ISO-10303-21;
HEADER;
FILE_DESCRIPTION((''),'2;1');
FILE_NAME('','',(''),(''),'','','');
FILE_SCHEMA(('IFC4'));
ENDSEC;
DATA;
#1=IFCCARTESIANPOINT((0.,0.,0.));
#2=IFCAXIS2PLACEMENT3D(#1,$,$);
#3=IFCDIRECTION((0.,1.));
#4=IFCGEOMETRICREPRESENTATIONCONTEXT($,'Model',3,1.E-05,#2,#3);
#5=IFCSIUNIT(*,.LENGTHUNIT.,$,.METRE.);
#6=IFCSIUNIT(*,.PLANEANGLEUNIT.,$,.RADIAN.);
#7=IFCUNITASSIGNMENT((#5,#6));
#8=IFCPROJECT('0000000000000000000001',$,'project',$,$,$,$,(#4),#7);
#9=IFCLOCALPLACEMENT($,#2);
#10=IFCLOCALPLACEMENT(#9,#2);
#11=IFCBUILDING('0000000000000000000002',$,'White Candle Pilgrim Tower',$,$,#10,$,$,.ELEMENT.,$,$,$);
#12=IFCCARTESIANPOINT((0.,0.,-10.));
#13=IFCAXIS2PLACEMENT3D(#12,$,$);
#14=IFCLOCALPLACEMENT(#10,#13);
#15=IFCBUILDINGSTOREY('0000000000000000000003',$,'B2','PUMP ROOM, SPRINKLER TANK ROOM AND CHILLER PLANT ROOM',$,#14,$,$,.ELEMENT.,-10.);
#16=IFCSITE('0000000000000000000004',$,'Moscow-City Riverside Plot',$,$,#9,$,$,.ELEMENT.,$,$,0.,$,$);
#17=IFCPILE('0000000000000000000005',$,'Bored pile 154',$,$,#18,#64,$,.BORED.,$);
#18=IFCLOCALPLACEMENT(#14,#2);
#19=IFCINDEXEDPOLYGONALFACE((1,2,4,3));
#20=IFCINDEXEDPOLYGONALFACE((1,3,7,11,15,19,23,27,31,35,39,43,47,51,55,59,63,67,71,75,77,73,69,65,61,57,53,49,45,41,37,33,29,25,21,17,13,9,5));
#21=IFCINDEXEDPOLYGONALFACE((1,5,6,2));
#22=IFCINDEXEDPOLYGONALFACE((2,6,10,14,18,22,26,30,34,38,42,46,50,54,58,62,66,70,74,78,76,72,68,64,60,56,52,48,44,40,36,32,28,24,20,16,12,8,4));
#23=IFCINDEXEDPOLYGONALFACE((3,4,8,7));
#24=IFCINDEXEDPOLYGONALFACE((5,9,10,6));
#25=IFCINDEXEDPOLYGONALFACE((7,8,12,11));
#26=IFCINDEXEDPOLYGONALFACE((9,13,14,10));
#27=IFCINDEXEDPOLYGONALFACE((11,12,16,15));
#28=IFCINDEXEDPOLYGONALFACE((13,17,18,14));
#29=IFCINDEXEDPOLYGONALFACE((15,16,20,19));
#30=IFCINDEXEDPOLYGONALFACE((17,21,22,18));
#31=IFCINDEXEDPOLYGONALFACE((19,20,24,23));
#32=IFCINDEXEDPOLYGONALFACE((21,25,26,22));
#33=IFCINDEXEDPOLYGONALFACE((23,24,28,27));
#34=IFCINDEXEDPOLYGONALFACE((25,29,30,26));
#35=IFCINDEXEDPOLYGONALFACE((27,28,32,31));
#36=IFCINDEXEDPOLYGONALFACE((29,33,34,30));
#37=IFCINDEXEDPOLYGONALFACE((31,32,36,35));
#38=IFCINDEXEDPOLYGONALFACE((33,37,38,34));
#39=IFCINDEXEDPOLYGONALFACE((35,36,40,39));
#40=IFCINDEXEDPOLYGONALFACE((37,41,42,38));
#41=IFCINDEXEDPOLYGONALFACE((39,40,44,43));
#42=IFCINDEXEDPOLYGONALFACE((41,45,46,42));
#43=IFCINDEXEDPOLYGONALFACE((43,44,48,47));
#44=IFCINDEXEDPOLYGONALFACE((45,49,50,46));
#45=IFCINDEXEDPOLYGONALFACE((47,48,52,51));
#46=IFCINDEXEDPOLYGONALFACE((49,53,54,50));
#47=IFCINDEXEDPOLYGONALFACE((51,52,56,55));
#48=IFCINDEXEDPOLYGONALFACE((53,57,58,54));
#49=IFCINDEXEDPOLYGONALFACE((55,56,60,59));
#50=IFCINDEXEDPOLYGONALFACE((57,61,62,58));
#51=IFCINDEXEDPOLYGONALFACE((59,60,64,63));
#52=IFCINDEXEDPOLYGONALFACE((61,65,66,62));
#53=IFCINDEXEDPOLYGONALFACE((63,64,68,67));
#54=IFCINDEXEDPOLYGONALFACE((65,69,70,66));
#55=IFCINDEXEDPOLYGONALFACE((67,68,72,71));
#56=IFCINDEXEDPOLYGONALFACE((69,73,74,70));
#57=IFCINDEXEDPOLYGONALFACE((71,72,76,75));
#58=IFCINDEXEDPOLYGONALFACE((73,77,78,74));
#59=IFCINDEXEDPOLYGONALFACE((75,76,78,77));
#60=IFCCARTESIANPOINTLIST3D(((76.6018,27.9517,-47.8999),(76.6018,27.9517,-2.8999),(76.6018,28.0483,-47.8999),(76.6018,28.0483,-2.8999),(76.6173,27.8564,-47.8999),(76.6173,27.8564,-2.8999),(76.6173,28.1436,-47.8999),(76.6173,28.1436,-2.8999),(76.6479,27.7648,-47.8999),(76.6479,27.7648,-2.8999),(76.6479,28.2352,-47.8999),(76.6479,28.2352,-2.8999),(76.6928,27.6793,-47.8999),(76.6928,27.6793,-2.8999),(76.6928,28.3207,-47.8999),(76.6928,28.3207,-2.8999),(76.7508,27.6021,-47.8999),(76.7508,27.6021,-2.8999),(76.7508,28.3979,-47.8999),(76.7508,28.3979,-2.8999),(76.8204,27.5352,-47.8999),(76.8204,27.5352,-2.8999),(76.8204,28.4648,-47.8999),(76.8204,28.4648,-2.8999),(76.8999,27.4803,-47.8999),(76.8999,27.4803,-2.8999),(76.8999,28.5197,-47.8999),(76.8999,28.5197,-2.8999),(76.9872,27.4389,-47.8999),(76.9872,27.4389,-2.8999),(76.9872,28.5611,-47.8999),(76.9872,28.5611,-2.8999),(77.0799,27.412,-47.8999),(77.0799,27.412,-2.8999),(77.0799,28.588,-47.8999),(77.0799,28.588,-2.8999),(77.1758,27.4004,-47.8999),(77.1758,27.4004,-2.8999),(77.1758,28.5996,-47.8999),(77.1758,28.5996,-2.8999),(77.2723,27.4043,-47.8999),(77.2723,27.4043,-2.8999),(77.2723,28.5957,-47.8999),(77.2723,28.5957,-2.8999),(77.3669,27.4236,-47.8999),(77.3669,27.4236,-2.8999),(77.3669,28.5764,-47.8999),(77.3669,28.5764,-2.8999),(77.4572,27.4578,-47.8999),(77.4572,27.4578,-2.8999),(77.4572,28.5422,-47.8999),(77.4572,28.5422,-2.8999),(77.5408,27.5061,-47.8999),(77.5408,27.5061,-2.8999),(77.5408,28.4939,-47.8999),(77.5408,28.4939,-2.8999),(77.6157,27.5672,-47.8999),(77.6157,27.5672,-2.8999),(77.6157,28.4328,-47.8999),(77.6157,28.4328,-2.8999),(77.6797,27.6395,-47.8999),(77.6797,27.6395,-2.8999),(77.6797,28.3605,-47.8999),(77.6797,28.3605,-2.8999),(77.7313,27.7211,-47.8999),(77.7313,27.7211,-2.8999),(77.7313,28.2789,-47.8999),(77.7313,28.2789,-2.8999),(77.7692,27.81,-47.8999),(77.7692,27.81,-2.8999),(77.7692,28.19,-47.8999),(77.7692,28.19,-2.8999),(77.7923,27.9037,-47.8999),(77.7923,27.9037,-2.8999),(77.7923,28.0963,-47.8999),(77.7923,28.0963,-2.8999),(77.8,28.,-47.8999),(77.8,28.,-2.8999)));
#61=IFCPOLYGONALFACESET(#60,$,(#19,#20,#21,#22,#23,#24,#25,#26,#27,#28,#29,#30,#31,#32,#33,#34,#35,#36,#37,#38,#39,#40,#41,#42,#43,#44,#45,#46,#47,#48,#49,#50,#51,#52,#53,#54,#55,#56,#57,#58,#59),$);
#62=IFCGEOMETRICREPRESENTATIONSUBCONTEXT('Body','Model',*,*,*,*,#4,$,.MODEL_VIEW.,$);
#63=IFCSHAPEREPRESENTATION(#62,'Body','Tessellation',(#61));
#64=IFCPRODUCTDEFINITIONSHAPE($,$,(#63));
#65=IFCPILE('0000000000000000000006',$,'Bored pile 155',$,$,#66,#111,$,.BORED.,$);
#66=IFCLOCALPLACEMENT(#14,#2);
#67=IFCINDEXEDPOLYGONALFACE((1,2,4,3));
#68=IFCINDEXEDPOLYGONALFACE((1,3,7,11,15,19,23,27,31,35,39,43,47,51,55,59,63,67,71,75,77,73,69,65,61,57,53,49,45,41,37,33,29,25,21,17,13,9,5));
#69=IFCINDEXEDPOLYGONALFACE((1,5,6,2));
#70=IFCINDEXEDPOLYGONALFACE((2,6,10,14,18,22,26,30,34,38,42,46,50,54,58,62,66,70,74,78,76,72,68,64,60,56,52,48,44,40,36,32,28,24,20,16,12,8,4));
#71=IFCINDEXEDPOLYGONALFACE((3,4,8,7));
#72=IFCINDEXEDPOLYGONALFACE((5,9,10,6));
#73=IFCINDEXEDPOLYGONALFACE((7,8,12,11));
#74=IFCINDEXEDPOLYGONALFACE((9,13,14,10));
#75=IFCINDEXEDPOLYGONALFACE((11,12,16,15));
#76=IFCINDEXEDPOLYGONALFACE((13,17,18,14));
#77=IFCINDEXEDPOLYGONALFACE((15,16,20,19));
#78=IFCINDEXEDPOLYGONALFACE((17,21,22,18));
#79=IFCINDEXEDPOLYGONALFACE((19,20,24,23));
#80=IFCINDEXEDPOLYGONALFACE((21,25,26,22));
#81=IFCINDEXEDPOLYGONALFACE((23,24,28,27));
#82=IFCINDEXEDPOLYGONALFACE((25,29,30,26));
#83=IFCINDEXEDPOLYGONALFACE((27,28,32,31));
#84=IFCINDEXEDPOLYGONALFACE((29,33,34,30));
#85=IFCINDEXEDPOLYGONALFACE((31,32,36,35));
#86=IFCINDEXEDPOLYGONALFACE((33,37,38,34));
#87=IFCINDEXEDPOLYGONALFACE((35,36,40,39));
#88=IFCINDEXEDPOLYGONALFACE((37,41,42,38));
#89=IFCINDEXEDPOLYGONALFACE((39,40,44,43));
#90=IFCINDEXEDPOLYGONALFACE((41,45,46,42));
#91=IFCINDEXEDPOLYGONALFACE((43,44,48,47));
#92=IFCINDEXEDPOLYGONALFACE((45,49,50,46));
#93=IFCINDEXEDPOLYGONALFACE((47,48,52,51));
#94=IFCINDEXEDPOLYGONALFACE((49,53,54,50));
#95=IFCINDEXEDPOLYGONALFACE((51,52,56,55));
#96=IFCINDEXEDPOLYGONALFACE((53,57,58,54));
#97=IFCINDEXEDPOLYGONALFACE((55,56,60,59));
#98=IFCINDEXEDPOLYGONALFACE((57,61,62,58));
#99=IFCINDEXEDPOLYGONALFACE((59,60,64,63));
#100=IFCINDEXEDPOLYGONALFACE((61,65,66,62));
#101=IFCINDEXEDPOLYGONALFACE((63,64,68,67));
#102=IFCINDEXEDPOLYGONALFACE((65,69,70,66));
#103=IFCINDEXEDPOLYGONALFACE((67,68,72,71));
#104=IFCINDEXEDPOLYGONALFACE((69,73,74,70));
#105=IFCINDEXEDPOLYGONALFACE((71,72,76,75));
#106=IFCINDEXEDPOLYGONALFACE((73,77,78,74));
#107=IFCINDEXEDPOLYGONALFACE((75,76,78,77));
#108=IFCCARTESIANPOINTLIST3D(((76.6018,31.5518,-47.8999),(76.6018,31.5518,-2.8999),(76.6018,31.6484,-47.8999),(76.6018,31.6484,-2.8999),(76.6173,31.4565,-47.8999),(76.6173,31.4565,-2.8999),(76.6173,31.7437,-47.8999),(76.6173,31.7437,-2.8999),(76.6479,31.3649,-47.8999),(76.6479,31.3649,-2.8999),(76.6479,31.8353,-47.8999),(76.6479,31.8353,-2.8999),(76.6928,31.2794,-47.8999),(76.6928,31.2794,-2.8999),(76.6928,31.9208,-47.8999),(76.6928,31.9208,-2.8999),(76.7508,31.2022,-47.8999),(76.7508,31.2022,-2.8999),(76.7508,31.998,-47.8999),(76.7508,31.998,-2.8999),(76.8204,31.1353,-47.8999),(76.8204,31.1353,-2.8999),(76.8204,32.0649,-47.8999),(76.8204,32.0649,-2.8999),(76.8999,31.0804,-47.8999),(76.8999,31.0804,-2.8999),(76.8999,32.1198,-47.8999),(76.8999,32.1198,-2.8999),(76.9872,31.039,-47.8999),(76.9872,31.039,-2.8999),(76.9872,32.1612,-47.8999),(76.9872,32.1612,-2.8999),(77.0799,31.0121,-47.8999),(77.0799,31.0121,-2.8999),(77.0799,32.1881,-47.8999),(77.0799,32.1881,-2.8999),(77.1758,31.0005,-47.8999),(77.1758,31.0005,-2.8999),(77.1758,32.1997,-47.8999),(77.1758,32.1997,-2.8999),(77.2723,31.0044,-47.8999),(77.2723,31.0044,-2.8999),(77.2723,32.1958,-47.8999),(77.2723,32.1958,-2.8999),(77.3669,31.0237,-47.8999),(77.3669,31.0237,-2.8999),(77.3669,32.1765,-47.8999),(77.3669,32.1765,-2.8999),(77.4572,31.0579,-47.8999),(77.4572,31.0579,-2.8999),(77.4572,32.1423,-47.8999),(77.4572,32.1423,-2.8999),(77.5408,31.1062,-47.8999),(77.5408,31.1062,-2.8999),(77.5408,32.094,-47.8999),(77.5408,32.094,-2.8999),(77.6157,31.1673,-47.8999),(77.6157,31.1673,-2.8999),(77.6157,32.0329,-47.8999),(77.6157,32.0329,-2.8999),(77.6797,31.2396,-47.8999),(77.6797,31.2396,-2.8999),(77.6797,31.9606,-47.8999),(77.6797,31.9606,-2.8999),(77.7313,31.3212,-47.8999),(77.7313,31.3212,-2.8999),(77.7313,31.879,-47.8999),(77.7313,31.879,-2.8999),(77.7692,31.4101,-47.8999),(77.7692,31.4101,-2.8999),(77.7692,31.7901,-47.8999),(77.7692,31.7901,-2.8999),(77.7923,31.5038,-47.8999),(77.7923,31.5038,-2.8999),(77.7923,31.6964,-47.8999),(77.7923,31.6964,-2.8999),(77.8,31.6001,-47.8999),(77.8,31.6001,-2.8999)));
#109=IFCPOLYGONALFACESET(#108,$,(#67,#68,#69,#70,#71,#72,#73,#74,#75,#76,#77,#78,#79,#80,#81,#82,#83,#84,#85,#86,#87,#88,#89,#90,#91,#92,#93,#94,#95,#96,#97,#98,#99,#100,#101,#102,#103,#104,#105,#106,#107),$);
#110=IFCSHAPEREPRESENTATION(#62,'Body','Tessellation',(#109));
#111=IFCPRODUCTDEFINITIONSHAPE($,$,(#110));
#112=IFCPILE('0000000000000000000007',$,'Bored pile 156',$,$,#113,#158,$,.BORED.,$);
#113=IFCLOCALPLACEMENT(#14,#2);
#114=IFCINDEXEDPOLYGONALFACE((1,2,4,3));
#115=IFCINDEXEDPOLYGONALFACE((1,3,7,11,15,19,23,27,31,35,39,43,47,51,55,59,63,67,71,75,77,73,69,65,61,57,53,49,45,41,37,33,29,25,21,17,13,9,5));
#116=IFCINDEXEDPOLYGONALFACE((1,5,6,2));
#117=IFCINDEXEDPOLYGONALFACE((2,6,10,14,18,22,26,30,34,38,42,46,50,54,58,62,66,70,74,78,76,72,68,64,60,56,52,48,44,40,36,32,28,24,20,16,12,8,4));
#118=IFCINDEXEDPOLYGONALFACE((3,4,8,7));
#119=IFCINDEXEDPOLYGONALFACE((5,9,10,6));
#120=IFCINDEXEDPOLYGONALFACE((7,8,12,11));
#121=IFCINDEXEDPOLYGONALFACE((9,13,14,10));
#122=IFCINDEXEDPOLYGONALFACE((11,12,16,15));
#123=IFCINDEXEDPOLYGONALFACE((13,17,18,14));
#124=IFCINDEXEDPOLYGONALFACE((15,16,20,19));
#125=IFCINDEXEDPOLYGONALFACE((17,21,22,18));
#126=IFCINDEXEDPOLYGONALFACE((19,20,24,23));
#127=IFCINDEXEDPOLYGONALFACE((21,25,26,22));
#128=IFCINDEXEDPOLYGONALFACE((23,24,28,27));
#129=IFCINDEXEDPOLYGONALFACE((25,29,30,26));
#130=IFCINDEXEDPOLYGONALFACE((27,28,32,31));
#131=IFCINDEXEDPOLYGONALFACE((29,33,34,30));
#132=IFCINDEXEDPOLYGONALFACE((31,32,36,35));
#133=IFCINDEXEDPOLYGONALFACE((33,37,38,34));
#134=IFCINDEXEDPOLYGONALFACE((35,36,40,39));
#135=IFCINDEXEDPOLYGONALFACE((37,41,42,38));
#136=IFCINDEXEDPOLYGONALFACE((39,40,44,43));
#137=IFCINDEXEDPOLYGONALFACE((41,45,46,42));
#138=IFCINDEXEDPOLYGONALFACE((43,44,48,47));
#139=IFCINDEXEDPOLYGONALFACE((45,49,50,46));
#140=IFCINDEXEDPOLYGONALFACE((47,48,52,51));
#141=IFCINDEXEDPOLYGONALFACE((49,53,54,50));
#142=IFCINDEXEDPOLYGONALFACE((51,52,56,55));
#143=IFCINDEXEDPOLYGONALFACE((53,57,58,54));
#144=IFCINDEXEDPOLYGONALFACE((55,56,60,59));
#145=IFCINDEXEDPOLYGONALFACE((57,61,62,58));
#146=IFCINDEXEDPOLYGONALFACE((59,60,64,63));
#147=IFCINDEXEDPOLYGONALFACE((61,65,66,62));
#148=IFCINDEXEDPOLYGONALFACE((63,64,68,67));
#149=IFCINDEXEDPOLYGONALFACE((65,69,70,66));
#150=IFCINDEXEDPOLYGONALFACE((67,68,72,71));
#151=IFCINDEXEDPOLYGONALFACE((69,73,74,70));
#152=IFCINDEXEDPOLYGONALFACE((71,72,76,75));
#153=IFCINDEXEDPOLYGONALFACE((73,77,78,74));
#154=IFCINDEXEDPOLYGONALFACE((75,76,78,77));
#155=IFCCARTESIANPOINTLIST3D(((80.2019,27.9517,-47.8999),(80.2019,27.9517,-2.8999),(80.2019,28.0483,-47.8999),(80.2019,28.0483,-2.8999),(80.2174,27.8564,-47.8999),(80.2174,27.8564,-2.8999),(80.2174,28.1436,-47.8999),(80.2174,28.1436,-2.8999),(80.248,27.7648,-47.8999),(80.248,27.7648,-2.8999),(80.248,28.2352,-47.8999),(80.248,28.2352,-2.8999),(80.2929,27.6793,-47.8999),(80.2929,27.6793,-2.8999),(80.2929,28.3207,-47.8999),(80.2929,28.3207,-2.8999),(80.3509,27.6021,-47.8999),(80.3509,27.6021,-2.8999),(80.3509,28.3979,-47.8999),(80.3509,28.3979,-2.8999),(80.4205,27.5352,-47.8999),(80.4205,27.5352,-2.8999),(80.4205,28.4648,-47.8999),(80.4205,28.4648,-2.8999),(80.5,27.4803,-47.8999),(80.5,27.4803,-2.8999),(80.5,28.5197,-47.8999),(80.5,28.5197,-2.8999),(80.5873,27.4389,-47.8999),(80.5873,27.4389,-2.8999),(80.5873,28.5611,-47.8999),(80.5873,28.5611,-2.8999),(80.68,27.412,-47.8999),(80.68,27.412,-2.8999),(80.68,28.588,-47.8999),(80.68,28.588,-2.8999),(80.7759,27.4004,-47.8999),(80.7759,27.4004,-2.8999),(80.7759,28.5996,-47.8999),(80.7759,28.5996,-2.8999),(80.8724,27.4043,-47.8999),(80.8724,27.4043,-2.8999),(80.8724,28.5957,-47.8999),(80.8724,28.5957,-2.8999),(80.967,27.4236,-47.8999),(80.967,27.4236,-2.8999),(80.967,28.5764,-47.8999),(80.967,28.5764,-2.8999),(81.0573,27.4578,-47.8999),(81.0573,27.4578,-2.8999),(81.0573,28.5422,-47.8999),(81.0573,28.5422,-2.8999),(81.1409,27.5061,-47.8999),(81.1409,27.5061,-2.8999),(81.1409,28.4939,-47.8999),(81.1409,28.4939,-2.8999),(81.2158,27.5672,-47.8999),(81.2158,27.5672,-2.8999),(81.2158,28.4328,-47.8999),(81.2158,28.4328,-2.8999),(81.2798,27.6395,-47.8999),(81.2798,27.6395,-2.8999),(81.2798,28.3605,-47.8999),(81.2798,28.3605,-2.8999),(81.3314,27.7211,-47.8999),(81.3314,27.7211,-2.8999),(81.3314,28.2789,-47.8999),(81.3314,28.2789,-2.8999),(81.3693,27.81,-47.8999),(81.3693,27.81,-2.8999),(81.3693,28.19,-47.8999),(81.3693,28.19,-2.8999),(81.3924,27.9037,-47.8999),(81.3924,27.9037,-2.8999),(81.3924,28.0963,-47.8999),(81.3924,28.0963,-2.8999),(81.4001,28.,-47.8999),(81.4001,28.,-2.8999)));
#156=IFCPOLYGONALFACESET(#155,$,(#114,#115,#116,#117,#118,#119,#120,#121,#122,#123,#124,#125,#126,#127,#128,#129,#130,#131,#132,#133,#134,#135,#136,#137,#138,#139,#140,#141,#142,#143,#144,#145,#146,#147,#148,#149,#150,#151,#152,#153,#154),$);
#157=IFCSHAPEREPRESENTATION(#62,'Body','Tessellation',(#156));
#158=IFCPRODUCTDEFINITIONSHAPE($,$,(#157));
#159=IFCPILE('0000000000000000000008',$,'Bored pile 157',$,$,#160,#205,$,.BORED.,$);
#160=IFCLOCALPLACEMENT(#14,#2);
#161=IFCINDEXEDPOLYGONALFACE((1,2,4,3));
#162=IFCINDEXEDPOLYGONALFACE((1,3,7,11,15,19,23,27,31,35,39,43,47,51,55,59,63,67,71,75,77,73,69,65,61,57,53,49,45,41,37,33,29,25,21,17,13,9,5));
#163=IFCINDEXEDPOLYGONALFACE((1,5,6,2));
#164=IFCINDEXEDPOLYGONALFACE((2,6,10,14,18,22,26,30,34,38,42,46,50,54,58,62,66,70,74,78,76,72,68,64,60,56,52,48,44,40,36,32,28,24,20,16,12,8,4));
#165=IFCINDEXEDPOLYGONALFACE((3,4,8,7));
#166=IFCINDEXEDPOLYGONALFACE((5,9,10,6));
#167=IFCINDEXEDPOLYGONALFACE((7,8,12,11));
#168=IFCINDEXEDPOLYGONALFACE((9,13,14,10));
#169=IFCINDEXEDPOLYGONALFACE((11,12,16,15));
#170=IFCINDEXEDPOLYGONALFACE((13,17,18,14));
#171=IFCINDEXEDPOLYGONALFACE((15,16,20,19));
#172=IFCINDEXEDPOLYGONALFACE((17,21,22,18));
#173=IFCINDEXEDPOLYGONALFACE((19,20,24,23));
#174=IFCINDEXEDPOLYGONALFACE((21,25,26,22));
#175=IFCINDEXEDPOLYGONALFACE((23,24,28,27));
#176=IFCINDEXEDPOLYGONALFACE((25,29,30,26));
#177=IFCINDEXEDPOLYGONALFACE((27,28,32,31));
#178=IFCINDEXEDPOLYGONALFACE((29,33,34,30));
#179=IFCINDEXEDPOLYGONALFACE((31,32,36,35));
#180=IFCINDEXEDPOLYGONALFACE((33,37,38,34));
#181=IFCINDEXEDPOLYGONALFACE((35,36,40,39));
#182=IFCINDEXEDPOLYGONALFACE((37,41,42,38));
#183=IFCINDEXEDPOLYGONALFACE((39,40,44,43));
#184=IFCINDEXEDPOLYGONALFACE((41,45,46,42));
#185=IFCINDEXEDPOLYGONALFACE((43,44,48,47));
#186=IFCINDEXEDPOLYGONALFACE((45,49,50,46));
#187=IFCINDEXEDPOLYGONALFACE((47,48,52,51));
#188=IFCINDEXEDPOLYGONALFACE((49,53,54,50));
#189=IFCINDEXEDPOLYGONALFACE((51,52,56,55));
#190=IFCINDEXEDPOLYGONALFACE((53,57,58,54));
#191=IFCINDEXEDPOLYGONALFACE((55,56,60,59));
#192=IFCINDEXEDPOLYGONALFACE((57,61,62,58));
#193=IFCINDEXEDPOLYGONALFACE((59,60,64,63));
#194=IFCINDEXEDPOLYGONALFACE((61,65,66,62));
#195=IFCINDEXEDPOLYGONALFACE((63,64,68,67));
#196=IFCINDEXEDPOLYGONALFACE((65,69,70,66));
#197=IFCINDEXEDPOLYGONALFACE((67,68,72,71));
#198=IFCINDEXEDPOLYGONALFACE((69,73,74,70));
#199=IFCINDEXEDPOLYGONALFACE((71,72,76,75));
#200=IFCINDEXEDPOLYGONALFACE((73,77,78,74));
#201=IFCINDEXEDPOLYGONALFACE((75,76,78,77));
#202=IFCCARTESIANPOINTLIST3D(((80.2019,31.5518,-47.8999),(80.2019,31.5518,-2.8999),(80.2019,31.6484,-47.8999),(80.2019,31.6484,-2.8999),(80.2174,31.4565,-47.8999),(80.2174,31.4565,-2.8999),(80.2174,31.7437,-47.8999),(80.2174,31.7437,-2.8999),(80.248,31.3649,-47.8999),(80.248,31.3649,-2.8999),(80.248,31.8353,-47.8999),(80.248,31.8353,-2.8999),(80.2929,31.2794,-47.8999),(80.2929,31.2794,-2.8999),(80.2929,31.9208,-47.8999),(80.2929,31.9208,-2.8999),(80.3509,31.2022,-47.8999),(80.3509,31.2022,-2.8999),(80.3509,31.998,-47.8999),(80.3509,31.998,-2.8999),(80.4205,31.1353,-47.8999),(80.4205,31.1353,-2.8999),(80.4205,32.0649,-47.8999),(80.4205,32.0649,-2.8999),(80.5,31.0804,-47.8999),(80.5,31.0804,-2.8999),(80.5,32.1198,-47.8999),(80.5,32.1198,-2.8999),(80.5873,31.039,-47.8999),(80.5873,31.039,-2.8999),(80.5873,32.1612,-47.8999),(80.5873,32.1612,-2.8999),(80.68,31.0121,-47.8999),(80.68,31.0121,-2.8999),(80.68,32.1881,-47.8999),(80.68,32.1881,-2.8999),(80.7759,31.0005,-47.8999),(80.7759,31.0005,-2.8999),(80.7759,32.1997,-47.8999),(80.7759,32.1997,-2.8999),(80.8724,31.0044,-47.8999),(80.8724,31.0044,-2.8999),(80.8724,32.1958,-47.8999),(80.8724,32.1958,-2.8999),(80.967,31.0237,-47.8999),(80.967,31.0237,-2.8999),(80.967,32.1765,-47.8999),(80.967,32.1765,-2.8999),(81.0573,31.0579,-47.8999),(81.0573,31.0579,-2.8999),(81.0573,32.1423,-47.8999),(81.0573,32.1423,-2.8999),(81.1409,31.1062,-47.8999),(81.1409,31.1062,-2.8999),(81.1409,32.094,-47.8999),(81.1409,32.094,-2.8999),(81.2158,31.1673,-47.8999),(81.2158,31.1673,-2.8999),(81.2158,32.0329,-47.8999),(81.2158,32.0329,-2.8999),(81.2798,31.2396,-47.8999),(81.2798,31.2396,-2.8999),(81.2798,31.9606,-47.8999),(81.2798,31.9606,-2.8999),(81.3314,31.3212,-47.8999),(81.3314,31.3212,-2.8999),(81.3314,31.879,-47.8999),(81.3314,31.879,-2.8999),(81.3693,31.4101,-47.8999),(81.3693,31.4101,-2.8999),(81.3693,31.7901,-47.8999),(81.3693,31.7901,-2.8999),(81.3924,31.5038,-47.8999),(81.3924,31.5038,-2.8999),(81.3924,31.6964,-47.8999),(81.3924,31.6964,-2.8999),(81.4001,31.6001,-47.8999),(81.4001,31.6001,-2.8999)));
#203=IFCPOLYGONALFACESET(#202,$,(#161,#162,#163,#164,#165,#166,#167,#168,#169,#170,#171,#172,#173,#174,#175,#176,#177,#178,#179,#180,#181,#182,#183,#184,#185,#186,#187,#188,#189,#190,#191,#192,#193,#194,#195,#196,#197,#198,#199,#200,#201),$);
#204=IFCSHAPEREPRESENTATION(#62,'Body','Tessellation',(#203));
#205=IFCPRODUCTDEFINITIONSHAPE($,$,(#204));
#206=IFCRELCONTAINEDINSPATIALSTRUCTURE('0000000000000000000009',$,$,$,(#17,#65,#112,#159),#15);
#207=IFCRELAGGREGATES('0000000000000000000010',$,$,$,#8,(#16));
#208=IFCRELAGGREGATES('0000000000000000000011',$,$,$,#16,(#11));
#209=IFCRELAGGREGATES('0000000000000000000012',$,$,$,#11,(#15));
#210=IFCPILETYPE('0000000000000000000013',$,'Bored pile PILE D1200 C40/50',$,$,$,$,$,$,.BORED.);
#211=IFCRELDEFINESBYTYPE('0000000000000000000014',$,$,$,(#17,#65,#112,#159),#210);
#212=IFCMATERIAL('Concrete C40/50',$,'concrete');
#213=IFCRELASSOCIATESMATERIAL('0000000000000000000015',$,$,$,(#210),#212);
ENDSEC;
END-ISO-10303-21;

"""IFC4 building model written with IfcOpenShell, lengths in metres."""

from ifc_helpers import new_model, si_unit, direction, frame, origin, origin_2d, place, context, subcontext, project, spatial, circle, extrude, material, material_profile, profile_set, type_object, element, save


model = new_model("IFC4")

# Units and contexts
model_context = context("Model", 3, precision=1e-05, world=origin(), true_north=direction((0.0, 1.0)))
body_context = subcontext(model_context, "Body", "Model", "MODEL_VIEW")
ifc_project = project(units=[si_unit("LENGTHUNIT", "METRE"), si_unit("PLANEANGLEUNIT", "RADIAN")], contexts=[model_context])

# Site, building, storey
site_placement = place(None, origin())
site = spatial("IfcSite", under=ifc_project, at=site_placement, Name="Moscow-City Riverside Plot", CompositionType="ELEMENT", RefElevation=0.0)
building_placement = place(site_placement, origin())
building = spatial("IfcBuilding", under=site, at=building_placement, Name="White Candle Pilgrim Tower", CompositionType="ELEMENT")
storey_placement = place(building_placement, frame((0.0, 0.0, -10.0)))
storey = spatial("IfcBuildingStorey", under=building, at=storey_placement, Name="B2", Description="PUMP ROOM, SPRINKLER TANK ROOM AND CHILLER PLANT ROOM", CompositionType="ELEMENT", Elevation=-10.0)

# Piles
ifc_material_1 = material(Name="Concrete C40/50", Category="concrete")
ifc_material_profile_1 = material_profile(ifc_material_1, circle(Radius=0.6001, at=origin_2d()), Name="PILE D1200")
ifc_profile_set_1 = profile_set([ifc_material_profile_1], Name="Concrete C40/50")
pile_type = type_object("IfcPileType", Name="Bored pile PILE D1200 C40/50", PredefinedType="BORED", material=ifc_profile_set_1)
for number, where, z_axis, x_axis, name in (
    (1, (77.2, 28.0, -2.8999), (0.0, 0.0, -1.0), (1.0, 0.0, 0.0), "Bored pile 154"),
    (2, (77.2, 31.6001, -2.8999), (0.0, 0.0, -1.0), (1.0, 0.0, 0.0), "Bored pile 155"),
    (3, (80.8, 28.0, -2.8999), (0.0, 0.0, -1.0), (1.0, 0.0, 0.0), "Bored pile 156"),
    (4, (80.8, 31.6001, -2.8999), (0.0, 0.0, -1.0), (1.0, 0.0, 0.0), "Bored pile 157"),
):
    element("IfcPile", number, at=place(storey_placement, frame(where, z_axis=z_axis, x_axis=x_axis)), inside=storey, type_object=pile_type, Name=name, PredefinedType="BORED", context=body_context, shape_type="SweptSolid", body=[
        extrude(circle(Radius=0.6001, at=origin_2d()), origin(), (0.0, 0.0, 1.0), 45.0),
    ])

save(model, "model.ifc")
